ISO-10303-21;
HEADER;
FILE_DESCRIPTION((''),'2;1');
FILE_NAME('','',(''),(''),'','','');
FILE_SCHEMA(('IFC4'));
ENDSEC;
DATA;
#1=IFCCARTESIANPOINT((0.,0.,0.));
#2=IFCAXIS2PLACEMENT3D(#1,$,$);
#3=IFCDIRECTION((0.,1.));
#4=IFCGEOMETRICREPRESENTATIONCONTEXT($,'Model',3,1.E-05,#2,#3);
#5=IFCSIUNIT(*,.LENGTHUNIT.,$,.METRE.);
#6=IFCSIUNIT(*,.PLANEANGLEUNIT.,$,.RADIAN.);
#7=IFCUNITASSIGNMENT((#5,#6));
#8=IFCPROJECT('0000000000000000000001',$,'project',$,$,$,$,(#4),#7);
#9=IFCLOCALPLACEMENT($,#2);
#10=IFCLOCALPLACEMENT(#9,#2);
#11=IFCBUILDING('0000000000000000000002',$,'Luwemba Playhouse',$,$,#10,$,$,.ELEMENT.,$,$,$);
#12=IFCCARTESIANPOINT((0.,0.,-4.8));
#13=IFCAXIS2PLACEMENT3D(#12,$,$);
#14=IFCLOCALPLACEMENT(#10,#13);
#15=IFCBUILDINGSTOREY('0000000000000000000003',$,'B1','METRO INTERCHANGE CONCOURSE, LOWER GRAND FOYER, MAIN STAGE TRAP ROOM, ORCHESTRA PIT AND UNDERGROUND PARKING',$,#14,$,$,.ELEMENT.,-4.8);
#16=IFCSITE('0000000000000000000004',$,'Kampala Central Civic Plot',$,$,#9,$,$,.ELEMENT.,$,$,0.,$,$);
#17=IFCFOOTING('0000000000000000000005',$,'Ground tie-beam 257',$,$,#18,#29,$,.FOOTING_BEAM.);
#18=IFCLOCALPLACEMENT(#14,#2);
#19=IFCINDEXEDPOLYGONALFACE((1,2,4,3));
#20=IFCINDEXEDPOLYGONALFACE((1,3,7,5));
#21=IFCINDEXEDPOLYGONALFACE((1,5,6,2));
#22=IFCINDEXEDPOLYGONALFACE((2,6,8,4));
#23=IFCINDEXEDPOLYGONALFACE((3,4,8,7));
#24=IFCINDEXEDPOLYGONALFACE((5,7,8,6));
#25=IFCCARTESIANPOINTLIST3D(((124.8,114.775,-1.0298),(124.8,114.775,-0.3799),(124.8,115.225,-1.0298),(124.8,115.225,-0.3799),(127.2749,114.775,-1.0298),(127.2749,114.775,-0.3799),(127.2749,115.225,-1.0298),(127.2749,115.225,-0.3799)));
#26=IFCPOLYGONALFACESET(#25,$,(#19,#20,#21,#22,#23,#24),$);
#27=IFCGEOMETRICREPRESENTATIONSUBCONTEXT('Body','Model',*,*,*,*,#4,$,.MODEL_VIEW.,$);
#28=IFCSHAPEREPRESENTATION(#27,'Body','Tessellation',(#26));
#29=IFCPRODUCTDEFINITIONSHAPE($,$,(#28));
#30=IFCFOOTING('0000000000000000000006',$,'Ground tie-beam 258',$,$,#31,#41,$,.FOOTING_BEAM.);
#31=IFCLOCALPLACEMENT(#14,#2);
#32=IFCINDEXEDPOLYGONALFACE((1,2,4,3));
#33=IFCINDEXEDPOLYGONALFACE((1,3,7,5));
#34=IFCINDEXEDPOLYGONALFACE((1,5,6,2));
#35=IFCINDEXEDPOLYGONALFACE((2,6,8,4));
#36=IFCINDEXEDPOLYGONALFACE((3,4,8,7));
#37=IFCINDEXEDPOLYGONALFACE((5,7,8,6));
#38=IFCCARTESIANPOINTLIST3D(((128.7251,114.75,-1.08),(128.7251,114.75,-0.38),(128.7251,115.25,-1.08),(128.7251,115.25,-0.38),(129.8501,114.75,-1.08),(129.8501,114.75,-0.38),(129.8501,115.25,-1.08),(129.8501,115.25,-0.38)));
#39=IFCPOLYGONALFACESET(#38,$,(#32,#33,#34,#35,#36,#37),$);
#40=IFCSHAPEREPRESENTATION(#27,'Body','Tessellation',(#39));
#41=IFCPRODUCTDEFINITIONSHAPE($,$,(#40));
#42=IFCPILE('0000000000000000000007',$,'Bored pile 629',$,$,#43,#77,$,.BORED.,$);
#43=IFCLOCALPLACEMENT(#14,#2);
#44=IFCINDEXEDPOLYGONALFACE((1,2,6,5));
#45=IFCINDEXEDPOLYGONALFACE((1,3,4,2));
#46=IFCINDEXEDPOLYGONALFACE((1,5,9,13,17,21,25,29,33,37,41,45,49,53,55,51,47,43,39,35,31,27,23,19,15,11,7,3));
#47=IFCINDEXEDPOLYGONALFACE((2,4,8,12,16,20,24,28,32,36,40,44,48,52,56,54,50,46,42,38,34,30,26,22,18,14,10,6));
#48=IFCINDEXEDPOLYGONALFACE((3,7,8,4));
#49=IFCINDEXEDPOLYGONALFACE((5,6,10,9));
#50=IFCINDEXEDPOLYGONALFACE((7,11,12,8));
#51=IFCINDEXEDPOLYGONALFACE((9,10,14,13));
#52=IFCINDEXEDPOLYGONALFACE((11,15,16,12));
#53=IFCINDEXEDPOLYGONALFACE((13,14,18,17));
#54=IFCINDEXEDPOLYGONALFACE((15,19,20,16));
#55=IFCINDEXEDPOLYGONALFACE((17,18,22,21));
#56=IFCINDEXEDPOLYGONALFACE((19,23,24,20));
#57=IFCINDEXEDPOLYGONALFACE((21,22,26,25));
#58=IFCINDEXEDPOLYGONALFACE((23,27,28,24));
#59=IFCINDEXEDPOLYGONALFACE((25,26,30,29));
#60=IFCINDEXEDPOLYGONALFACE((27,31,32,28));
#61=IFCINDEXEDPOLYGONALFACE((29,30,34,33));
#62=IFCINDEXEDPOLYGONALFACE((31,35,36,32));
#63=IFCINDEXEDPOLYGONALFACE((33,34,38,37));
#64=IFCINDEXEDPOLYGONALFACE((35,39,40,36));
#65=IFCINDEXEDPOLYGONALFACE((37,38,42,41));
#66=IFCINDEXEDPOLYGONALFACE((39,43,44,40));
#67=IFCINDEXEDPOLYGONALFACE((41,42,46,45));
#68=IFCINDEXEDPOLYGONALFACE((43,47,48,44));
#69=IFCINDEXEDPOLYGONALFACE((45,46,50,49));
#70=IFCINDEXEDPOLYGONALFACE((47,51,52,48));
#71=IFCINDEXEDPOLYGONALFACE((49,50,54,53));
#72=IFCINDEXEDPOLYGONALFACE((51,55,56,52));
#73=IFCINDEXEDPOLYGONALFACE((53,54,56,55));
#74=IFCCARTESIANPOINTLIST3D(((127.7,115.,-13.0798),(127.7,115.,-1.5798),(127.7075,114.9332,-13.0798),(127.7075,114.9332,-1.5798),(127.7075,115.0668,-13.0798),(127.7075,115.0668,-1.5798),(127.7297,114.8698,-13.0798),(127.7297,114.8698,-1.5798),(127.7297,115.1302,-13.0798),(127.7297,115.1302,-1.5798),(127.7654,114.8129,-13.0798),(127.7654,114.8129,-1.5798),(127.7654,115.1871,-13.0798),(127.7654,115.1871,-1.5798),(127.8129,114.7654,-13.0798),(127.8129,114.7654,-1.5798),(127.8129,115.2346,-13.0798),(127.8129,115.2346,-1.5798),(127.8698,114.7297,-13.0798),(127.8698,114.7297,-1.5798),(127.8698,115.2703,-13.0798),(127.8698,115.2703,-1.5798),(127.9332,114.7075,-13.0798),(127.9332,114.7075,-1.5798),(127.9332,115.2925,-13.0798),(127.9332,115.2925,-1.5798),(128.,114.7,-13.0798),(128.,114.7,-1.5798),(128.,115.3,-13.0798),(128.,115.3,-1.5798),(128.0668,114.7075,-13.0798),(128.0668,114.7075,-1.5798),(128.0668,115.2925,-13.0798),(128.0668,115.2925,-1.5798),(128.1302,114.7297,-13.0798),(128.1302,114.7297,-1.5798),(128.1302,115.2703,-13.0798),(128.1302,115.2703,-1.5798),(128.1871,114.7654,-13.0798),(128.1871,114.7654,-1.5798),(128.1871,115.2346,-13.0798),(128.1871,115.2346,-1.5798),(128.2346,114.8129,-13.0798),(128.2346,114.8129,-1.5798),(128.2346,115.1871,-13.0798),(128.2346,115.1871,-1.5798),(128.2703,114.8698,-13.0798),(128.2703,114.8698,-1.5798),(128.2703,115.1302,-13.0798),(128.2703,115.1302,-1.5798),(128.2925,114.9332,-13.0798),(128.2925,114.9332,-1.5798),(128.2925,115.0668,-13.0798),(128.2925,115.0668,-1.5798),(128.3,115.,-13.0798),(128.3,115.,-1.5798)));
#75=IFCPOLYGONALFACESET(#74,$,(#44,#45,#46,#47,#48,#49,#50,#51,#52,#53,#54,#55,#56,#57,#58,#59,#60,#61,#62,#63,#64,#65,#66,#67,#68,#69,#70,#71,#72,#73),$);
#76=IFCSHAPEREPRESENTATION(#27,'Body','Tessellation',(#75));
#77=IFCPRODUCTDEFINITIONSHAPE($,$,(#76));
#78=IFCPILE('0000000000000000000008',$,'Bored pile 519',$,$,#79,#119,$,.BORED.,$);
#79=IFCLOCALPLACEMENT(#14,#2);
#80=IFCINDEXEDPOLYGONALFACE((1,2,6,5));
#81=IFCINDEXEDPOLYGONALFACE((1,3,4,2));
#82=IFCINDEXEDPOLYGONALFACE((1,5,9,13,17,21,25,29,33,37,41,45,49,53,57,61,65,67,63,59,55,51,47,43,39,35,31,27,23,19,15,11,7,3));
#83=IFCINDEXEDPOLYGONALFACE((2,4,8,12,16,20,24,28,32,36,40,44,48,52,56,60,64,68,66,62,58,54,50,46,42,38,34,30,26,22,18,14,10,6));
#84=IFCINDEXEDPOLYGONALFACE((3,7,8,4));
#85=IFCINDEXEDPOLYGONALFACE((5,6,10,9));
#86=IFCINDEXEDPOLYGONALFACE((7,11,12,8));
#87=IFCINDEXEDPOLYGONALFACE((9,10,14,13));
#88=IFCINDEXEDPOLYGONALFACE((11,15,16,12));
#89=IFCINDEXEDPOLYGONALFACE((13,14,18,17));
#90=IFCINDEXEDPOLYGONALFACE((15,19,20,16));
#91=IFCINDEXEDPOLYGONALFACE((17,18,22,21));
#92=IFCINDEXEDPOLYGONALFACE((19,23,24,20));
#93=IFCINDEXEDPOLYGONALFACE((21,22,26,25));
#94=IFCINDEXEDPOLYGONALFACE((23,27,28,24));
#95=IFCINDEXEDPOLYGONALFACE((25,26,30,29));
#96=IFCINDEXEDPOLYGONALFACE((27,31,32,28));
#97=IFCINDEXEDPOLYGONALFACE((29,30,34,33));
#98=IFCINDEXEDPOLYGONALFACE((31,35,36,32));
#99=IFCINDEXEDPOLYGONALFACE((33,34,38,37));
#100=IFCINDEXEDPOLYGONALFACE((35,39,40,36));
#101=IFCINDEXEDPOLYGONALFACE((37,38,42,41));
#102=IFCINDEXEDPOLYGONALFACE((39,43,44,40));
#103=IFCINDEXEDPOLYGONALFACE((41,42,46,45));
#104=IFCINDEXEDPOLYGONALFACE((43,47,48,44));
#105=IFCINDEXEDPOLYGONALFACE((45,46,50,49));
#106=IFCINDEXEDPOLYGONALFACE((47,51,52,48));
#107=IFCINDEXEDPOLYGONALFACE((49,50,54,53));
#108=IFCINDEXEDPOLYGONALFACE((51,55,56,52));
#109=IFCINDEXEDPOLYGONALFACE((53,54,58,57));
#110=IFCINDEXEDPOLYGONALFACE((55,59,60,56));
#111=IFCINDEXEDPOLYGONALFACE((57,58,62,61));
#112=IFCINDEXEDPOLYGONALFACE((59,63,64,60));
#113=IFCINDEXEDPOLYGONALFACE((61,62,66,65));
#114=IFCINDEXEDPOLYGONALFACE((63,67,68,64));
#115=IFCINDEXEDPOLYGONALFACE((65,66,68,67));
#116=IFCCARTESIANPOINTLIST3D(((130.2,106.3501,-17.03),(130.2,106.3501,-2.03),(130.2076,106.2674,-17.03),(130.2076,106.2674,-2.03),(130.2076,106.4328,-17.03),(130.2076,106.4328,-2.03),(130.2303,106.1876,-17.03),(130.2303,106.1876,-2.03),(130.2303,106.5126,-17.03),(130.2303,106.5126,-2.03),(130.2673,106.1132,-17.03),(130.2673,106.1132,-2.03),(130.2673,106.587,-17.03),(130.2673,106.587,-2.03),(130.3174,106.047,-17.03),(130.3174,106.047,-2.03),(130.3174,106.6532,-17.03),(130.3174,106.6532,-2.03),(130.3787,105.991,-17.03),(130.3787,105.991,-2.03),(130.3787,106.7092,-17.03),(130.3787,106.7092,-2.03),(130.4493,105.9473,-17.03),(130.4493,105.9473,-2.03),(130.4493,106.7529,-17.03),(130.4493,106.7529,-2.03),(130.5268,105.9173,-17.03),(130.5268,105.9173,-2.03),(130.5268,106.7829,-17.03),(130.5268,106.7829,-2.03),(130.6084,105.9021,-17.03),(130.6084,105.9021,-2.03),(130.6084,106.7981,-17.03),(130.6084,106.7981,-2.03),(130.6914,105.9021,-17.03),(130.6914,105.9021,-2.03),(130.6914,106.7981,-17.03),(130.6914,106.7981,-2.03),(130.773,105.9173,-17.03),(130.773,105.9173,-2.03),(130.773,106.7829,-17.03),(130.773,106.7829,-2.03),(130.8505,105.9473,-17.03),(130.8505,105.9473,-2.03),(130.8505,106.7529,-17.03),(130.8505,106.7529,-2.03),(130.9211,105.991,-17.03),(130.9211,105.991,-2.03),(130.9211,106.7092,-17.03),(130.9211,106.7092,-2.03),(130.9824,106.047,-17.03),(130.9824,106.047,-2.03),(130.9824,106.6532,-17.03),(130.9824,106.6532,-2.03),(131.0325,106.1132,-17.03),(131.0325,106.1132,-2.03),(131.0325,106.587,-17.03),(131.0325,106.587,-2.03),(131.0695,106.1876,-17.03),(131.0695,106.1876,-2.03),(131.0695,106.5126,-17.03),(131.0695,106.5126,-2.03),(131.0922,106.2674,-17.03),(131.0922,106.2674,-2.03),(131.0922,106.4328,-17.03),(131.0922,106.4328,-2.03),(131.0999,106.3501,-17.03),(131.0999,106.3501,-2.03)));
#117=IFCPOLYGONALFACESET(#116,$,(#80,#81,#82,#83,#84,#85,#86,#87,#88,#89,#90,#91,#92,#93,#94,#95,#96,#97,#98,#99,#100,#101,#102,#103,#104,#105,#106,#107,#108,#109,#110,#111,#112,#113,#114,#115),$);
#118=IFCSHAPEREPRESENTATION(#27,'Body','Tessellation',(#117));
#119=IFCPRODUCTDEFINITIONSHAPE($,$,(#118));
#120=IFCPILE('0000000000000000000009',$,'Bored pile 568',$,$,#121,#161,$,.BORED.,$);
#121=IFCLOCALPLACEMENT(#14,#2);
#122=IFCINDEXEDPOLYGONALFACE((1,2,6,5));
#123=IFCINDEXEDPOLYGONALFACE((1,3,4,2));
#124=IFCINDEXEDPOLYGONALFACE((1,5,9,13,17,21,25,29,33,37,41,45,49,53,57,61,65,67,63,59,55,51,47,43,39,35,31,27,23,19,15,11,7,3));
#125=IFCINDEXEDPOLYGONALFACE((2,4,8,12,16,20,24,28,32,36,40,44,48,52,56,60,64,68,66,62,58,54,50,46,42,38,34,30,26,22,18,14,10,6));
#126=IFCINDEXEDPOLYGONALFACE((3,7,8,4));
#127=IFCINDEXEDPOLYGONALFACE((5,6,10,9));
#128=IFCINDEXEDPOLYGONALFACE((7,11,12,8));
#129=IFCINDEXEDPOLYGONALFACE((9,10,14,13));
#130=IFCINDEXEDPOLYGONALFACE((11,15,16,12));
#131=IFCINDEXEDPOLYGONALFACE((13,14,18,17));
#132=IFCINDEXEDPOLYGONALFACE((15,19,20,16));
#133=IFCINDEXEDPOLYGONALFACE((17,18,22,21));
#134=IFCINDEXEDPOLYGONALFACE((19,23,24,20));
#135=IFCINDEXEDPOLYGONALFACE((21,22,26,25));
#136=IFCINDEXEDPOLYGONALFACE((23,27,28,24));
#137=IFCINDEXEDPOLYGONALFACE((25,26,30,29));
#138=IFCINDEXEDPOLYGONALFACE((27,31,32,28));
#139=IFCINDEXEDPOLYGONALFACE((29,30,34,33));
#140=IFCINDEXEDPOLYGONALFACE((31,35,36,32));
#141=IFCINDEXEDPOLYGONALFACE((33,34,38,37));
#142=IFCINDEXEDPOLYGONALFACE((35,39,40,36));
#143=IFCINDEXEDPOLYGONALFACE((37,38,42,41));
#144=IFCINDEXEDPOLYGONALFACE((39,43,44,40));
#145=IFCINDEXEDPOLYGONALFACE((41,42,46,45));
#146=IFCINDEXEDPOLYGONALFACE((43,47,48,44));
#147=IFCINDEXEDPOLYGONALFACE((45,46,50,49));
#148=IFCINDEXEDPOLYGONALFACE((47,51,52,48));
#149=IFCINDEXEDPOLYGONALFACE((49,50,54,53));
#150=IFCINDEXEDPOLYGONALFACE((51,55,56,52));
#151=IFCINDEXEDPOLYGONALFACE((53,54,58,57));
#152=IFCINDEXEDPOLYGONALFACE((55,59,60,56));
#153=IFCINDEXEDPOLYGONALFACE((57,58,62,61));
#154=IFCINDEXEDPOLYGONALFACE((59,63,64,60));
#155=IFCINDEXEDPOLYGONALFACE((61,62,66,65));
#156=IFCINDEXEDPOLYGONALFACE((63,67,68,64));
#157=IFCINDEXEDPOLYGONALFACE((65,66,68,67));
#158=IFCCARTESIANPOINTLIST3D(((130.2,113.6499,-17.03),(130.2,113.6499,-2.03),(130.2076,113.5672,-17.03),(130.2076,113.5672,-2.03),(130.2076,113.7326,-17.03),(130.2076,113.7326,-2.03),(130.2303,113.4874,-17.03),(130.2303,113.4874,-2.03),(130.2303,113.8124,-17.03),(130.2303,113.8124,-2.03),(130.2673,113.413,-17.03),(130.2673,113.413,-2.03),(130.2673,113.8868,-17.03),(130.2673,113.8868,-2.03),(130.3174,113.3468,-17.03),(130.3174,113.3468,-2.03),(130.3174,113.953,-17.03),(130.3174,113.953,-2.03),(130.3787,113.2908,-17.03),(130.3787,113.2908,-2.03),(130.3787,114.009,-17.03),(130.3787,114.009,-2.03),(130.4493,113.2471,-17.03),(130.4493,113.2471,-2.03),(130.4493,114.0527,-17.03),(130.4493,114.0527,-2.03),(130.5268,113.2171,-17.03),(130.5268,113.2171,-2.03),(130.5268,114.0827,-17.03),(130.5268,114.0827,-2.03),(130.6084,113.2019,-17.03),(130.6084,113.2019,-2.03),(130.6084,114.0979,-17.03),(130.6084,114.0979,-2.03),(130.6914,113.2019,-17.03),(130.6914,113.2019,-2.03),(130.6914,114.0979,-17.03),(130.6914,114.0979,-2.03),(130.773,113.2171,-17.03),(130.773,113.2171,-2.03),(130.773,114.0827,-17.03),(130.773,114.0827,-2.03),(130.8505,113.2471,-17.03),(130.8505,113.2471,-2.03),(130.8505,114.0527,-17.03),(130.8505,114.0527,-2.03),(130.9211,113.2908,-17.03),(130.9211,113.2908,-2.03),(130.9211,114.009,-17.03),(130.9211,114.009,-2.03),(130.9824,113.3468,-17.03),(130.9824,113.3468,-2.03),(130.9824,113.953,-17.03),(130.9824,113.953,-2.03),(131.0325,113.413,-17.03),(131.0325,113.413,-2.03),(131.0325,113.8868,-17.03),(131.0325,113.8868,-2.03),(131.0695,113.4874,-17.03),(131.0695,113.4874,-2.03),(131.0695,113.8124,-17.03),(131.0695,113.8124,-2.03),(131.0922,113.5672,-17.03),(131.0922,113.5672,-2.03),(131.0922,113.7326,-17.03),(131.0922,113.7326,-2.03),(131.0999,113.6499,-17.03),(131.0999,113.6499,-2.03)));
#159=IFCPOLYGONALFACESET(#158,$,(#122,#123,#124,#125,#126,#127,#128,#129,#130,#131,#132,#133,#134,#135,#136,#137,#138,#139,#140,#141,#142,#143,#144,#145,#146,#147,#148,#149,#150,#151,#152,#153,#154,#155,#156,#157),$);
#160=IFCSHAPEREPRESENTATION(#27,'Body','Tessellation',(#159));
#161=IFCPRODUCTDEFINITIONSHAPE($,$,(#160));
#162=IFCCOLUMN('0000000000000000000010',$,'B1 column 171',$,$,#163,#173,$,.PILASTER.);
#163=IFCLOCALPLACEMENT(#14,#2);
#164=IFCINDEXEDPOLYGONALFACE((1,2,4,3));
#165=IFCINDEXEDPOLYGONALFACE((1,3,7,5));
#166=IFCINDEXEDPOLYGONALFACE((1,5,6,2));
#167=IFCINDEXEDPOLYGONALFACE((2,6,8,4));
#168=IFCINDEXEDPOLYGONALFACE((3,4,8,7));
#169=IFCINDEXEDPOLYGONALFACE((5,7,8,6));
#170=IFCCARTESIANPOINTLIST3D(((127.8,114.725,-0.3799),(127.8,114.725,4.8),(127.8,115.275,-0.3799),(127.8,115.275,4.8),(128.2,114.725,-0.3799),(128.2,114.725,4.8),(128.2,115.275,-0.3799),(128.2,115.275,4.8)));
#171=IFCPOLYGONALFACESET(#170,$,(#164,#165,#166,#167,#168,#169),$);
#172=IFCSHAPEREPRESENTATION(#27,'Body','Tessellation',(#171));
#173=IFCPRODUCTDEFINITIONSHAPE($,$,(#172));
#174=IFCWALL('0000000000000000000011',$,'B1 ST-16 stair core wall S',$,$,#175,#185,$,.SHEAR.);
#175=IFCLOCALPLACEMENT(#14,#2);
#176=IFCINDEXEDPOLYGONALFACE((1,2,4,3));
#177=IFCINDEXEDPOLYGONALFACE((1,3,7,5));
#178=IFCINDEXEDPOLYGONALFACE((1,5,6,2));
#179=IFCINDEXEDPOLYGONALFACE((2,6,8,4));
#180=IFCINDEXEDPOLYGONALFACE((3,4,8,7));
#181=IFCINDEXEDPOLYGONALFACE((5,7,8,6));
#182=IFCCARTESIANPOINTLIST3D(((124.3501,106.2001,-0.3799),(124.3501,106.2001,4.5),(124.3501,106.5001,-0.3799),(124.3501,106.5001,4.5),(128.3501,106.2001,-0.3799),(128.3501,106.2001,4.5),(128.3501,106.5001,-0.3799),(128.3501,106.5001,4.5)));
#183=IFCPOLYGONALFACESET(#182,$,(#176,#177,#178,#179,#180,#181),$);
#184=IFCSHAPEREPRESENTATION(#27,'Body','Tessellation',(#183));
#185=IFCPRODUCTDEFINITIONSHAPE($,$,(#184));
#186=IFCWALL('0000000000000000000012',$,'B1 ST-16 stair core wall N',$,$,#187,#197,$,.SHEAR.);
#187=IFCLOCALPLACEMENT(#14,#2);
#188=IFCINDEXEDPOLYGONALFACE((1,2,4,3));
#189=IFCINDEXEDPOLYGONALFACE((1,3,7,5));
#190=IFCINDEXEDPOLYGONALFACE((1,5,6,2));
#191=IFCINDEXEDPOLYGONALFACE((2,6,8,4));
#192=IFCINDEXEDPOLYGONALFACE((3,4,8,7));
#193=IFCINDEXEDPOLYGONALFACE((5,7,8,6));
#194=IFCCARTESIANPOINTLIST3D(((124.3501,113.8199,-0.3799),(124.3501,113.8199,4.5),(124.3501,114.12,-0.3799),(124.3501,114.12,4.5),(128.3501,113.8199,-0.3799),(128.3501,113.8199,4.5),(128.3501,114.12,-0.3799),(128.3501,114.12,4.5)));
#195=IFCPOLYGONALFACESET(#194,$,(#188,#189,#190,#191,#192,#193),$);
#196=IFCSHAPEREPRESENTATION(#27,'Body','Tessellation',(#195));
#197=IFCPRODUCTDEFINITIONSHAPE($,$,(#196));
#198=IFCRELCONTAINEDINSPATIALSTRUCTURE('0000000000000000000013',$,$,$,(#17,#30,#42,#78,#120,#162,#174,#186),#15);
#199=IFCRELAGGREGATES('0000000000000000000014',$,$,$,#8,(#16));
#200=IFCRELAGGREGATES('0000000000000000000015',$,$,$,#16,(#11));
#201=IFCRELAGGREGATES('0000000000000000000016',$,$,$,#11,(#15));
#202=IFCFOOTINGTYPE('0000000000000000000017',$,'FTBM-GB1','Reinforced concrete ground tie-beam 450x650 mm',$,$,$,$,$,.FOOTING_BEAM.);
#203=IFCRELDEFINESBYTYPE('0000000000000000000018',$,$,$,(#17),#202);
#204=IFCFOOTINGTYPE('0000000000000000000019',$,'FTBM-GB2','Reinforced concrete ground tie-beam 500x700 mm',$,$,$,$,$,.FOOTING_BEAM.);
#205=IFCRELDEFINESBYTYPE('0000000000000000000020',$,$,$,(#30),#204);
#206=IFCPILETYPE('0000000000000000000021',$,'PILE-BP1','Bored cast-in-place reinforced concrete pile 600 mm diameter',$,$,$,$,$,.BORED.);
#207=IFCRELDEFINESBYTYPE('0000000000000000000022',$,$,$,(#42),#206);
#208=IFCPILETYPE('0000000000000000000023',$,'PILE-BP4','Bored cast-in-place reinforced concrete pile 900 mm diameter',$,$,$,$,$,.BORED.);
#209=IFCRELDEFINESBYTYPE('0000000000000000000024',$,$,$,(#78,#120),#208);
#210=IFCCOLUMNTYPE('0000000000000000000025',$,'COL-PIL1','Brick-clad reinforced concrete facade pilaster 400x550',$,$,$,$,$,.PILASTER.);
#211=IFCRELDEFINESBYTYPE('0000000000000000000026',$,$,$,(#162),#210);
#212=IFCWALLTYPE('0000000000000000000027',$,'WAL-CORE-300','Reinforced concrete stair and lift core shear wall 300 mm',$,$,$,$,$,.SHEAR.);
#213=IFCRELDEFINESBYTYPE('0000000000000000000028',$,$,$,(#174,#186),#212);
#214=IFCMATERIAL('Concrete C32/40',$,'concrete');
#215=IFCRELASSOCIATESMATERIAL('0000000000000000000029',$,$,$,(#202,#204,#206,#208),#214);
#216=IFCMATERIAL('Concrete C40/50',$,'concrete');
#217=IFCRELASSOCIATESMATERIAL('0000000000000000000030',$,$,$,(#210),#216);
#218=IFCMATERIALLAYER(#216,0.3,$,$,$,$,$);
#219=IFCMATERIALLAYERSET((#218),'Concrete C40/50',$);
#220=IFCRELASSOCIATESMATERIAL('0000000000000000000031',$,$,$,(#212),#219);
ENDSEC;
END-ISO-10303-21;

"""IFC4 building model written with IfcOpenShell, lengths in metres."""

from ifc_helpers import new_model, si_unit, direction, frame, frame_2d, origin, origin_2d, place, context, subcontext, project, spatial, rectangle, circle, extrude, material, layer, layer_set, material_profile, profile_set, type_object, element, save


model = new_model("IFC4")

# Units and contexts
model_context = context("Model", 3, precision=1e-05, world=origin(), true_north=direction((0.0, 1.0)))
body_context = subcontext(model_context, "Body", "Model", "MODEL_VIEW")
ifc_project = project(units=[si_unit("LENGTHUNIT", "METRE"), si_unit("PLANEANGLEUNIT", "RADIAN")], contexts=[model_context])

# Site, building, storey
site_placement = place(None, origin())
site = spatial("IfcSite", under=ifc_project, at=site_placement, Name="Kampala Central Civic Plot", CompositionType="ELEMENT", RefElevation=0.0)
building_placement = place(site_placement, origin())
building = spatial("IfcBuilding", under=site, at=building_placement, Name="Luwemba Playhouse", CompositionType="ELEMENT")
storey_placement = place(building_placement, frame((0.0, 0.0, -4.8)))
storey = spatial("IfcBuildingStorey", under=building, at=storey_placement, Name="B1", Description="METRO INTERCHANGE CONCOURSE, LOWER GRAND FOYER, MAIN STAGE TRAP ROOM, ORCHESTRA PIT AND UNDERGROUND PARKING", CompositionType="ELEMENT", Elevation=-4.8)

# Footings
ifc_material_1 = material(Name="Concrete C32/40", Category="concrete")
ifc_material_profile_1 = material_profile(ifc_material_1, rectangle(XDim=0.45, YDim=0.6499, at=origin_2d()))
ifc_profile_set_1 = profile_set([ifc_material_profile_1], Name="Concrete C32/40")
footing_type_1 = type_object("IfcFootingType", Name="FTBM-GB1", Description="Reinforced concrete ground tie-beam 450x650 mm", PredefinedType="FOOTING_BEAM", material=ifc_profile_set_1)
footing_1_placement = place(storey_placement, frame((124.8, 115.0, -0.7048), z_axis=(1.0, 0.0, 0.0), x_axis=(0.0, 1.0, 0.0)))
element("IfcFooting", 1, at=footing_1_placement, inside=storey, type_object=footing_type_1, Name="Ground tie-beam 257", PredefinedType="FOOTING_BEAM", context=body_context, shape_type="SweptSolid", body=[
    extrude(rectangle(XDim=0.45, YDim=0.6499, at=origin_2d()), origin(), (0.0, 0.0, 1.0), 2.4749),
])
ifc_material_profile_2 = material_profile(ifc_material_1, rectangle(XDim=0.5, YDim=0.7, at=origin_2d()))
ifc_profile_set_2 = profile_set([ifc_material_profile_2], Name="Concrete C32/40")
footing_type_2 = type_object("IfcFootingType", Name="FTBM-GB2", Description="Reinforced concrete ground tie-beam 500x700 mm", PredefinedType="FOOTING_BEAM", material=ifc_profile_set_2)
footing_2_placement = place(storey_placement, frame((128.7251, 115.0, -0.73), z_axis=(1.0, 0.0, 0.0), x_axis=(0.0, 1.0, 0.0)))
element("IfcFooting", 2, at=footing_2_placement, inside=storey, type_object=footing_type_2, Name="Ground tie-beam 258", PredefinedType="FOOTING_BEAM", context=body_context, shape_type="SweptSolid", body=[
    extrude(rectangle(XDim=0.5, YDim=0.7, at=origin_2d()), origin(), (0.0, 0.0, 1.0), 1.125),
])

# Piles
ifc_material_profile_3 = material_profile(ifc_material_1, circle(Radius=0.3, at=origin_2d()))
ifc_profile_set_3 = profile_set([ifc_material_profile_3], Name="Concrete C32/40")
pile_type_1 = type_object("IfcPileType", Name="PILE-BP1", Description="Bored cast-in-place reinforced concrete pile 600 mm diameter", PredefinedType="BORED", material=ifc_profile_set_3)
pile_placement = place(storey_placement, frame((128.0, 115.0, -1.5798), z_axis=(0.0, 0.0, -1.0), x_axis=(1.0, 0.0, 0.0)))
element("IfcPile", 3, at=pile_placement, inside=storey, type_object=pile_type_1, Name="Bored pile 629", PredefinedType="BORED", context=body_context, shape_type="SweptSolid", body=[
    extrude(circle(Radius=0.3, at=origin_2d()), origin(), (0.0, 0.0, 1.0), 11.5),
])
ifc_material_profile_4 = material_profile(ifc_material_1, circle(Radius=0.45, at=origin_2d()))
ifc_profile_set_4 = profile_set([ifc_material_profile_4], Name="Concrete C32/40")
pile_type_2 = type_object("IfcPileType", Name="PILE-BP4", Description="Bored cast-in-place reinforced concrete pile 900 mm diameter", PredefinedType="BORED", material=ifc_profile_set_4)
for number, where, z_axis, x_axis, name in (
    (4, (130.6499, 106.3501, -2.03), (0.0, 0.0, -1.0), (1.0, 0.0, 0.0), "Bored pile 519"),
    (5, (130.6499, 113.6499, -2.03), (0.0, 0.0, -1.0), (1.0, 0.0, 0.0), "Bored pile 568"),
):
    element("IfcPile", number, at=place(storey_placement, frame(where, z_axis=z_axis, x_axis=x_axis)), inside=storey, type_object=pile_type_2, Name=name, PredefinedType="BORED", context=body_context, shape_type="SweptSolid", body=[
        extrude(circle(Radius=0.45, at=origin_2d()), origin(), (0.0, 0.0, 1.0), 15.0),
    ])

# Column
ifc_material_2 = material(Name="Concrete C40/50", Category="concrete")
ifc_material_profile_5 = material_profile(ifc_material_2, rectangle(XDim=0.3999, YDim=0.55, at=origin_2d()))
ifc_profile_set_5 = profile_set([ifc_material_profile_5], Name="Concrete C40/50")
column_type = type_object("IfcColumnType", Name="COL-PIL1", Description="Brick-clad reinforced concrete facade pilaster 400x550", PredefinedType="PILASTER", material=ifc_profile_set_5)
column_placement = place(storey_placement, frame((128.0, 115.0, -0.3799), z_axis=(0.0, 0.0, 1.0), x_axis=(1.0, 0.0, 0.0)))
element("IfcColumn", 6, at=column_placement, inside=storey, type_object=column_type, Name="B1 column 171", PredefinedType="PILASTER", context=body_context, shape_type="SweptSolid", body=[
    extrude(rectangle(XDim=0.3999, YDim=0.55, at=origin_2d()), origin(), (0.0, 0.0, 1.0), 5.1799),
])

# Walls
ifc_layer_1 = layer(ifc_material_2, 0.3)
ifc_layer_set_1 = layer_set([ifc_layer_1], Name="Concrete C40/50")
wall_type_1 = type_object("IfcWallType", Name="WAL-CORE-300", Description="Reinforced concrete stair and lift core shear wall 300 mm", PredefinedType="SHEAR", material=ifc_layer_set_1)
for number, where, z_axis, x_axis, name in (
    (7, (124.3501, 106.3501, -0.3799), (0.0, 0.0, 1.0), (1.0, 0.0, 0.0), "B1 ST-16 stair core wall S"),
    (8, (128.3501, 113.97, -0.3799), (0.0, 0.0, 1.0), (-1.0, 0.0, 0.0), "B1 ST-16 stair core wall N"),
):
    element("IfcWall", number, at=place(storey_placement, frame(where, z_axis=z_axis, x_axis=x_axis)), inside=storey, type_object=wall_type_1, Name=name, PredefinedType="SHEAR", context=body_context, shape_type="SweptSolid", body=[
        extrude(rectangle(XDim=4.0, YDim=0.3, at=frame_2d((2.0, 0.0))), origin(), (0.0, 0.0, 1.0), 4.8799),
    ])

save(model, "model.ifc")
